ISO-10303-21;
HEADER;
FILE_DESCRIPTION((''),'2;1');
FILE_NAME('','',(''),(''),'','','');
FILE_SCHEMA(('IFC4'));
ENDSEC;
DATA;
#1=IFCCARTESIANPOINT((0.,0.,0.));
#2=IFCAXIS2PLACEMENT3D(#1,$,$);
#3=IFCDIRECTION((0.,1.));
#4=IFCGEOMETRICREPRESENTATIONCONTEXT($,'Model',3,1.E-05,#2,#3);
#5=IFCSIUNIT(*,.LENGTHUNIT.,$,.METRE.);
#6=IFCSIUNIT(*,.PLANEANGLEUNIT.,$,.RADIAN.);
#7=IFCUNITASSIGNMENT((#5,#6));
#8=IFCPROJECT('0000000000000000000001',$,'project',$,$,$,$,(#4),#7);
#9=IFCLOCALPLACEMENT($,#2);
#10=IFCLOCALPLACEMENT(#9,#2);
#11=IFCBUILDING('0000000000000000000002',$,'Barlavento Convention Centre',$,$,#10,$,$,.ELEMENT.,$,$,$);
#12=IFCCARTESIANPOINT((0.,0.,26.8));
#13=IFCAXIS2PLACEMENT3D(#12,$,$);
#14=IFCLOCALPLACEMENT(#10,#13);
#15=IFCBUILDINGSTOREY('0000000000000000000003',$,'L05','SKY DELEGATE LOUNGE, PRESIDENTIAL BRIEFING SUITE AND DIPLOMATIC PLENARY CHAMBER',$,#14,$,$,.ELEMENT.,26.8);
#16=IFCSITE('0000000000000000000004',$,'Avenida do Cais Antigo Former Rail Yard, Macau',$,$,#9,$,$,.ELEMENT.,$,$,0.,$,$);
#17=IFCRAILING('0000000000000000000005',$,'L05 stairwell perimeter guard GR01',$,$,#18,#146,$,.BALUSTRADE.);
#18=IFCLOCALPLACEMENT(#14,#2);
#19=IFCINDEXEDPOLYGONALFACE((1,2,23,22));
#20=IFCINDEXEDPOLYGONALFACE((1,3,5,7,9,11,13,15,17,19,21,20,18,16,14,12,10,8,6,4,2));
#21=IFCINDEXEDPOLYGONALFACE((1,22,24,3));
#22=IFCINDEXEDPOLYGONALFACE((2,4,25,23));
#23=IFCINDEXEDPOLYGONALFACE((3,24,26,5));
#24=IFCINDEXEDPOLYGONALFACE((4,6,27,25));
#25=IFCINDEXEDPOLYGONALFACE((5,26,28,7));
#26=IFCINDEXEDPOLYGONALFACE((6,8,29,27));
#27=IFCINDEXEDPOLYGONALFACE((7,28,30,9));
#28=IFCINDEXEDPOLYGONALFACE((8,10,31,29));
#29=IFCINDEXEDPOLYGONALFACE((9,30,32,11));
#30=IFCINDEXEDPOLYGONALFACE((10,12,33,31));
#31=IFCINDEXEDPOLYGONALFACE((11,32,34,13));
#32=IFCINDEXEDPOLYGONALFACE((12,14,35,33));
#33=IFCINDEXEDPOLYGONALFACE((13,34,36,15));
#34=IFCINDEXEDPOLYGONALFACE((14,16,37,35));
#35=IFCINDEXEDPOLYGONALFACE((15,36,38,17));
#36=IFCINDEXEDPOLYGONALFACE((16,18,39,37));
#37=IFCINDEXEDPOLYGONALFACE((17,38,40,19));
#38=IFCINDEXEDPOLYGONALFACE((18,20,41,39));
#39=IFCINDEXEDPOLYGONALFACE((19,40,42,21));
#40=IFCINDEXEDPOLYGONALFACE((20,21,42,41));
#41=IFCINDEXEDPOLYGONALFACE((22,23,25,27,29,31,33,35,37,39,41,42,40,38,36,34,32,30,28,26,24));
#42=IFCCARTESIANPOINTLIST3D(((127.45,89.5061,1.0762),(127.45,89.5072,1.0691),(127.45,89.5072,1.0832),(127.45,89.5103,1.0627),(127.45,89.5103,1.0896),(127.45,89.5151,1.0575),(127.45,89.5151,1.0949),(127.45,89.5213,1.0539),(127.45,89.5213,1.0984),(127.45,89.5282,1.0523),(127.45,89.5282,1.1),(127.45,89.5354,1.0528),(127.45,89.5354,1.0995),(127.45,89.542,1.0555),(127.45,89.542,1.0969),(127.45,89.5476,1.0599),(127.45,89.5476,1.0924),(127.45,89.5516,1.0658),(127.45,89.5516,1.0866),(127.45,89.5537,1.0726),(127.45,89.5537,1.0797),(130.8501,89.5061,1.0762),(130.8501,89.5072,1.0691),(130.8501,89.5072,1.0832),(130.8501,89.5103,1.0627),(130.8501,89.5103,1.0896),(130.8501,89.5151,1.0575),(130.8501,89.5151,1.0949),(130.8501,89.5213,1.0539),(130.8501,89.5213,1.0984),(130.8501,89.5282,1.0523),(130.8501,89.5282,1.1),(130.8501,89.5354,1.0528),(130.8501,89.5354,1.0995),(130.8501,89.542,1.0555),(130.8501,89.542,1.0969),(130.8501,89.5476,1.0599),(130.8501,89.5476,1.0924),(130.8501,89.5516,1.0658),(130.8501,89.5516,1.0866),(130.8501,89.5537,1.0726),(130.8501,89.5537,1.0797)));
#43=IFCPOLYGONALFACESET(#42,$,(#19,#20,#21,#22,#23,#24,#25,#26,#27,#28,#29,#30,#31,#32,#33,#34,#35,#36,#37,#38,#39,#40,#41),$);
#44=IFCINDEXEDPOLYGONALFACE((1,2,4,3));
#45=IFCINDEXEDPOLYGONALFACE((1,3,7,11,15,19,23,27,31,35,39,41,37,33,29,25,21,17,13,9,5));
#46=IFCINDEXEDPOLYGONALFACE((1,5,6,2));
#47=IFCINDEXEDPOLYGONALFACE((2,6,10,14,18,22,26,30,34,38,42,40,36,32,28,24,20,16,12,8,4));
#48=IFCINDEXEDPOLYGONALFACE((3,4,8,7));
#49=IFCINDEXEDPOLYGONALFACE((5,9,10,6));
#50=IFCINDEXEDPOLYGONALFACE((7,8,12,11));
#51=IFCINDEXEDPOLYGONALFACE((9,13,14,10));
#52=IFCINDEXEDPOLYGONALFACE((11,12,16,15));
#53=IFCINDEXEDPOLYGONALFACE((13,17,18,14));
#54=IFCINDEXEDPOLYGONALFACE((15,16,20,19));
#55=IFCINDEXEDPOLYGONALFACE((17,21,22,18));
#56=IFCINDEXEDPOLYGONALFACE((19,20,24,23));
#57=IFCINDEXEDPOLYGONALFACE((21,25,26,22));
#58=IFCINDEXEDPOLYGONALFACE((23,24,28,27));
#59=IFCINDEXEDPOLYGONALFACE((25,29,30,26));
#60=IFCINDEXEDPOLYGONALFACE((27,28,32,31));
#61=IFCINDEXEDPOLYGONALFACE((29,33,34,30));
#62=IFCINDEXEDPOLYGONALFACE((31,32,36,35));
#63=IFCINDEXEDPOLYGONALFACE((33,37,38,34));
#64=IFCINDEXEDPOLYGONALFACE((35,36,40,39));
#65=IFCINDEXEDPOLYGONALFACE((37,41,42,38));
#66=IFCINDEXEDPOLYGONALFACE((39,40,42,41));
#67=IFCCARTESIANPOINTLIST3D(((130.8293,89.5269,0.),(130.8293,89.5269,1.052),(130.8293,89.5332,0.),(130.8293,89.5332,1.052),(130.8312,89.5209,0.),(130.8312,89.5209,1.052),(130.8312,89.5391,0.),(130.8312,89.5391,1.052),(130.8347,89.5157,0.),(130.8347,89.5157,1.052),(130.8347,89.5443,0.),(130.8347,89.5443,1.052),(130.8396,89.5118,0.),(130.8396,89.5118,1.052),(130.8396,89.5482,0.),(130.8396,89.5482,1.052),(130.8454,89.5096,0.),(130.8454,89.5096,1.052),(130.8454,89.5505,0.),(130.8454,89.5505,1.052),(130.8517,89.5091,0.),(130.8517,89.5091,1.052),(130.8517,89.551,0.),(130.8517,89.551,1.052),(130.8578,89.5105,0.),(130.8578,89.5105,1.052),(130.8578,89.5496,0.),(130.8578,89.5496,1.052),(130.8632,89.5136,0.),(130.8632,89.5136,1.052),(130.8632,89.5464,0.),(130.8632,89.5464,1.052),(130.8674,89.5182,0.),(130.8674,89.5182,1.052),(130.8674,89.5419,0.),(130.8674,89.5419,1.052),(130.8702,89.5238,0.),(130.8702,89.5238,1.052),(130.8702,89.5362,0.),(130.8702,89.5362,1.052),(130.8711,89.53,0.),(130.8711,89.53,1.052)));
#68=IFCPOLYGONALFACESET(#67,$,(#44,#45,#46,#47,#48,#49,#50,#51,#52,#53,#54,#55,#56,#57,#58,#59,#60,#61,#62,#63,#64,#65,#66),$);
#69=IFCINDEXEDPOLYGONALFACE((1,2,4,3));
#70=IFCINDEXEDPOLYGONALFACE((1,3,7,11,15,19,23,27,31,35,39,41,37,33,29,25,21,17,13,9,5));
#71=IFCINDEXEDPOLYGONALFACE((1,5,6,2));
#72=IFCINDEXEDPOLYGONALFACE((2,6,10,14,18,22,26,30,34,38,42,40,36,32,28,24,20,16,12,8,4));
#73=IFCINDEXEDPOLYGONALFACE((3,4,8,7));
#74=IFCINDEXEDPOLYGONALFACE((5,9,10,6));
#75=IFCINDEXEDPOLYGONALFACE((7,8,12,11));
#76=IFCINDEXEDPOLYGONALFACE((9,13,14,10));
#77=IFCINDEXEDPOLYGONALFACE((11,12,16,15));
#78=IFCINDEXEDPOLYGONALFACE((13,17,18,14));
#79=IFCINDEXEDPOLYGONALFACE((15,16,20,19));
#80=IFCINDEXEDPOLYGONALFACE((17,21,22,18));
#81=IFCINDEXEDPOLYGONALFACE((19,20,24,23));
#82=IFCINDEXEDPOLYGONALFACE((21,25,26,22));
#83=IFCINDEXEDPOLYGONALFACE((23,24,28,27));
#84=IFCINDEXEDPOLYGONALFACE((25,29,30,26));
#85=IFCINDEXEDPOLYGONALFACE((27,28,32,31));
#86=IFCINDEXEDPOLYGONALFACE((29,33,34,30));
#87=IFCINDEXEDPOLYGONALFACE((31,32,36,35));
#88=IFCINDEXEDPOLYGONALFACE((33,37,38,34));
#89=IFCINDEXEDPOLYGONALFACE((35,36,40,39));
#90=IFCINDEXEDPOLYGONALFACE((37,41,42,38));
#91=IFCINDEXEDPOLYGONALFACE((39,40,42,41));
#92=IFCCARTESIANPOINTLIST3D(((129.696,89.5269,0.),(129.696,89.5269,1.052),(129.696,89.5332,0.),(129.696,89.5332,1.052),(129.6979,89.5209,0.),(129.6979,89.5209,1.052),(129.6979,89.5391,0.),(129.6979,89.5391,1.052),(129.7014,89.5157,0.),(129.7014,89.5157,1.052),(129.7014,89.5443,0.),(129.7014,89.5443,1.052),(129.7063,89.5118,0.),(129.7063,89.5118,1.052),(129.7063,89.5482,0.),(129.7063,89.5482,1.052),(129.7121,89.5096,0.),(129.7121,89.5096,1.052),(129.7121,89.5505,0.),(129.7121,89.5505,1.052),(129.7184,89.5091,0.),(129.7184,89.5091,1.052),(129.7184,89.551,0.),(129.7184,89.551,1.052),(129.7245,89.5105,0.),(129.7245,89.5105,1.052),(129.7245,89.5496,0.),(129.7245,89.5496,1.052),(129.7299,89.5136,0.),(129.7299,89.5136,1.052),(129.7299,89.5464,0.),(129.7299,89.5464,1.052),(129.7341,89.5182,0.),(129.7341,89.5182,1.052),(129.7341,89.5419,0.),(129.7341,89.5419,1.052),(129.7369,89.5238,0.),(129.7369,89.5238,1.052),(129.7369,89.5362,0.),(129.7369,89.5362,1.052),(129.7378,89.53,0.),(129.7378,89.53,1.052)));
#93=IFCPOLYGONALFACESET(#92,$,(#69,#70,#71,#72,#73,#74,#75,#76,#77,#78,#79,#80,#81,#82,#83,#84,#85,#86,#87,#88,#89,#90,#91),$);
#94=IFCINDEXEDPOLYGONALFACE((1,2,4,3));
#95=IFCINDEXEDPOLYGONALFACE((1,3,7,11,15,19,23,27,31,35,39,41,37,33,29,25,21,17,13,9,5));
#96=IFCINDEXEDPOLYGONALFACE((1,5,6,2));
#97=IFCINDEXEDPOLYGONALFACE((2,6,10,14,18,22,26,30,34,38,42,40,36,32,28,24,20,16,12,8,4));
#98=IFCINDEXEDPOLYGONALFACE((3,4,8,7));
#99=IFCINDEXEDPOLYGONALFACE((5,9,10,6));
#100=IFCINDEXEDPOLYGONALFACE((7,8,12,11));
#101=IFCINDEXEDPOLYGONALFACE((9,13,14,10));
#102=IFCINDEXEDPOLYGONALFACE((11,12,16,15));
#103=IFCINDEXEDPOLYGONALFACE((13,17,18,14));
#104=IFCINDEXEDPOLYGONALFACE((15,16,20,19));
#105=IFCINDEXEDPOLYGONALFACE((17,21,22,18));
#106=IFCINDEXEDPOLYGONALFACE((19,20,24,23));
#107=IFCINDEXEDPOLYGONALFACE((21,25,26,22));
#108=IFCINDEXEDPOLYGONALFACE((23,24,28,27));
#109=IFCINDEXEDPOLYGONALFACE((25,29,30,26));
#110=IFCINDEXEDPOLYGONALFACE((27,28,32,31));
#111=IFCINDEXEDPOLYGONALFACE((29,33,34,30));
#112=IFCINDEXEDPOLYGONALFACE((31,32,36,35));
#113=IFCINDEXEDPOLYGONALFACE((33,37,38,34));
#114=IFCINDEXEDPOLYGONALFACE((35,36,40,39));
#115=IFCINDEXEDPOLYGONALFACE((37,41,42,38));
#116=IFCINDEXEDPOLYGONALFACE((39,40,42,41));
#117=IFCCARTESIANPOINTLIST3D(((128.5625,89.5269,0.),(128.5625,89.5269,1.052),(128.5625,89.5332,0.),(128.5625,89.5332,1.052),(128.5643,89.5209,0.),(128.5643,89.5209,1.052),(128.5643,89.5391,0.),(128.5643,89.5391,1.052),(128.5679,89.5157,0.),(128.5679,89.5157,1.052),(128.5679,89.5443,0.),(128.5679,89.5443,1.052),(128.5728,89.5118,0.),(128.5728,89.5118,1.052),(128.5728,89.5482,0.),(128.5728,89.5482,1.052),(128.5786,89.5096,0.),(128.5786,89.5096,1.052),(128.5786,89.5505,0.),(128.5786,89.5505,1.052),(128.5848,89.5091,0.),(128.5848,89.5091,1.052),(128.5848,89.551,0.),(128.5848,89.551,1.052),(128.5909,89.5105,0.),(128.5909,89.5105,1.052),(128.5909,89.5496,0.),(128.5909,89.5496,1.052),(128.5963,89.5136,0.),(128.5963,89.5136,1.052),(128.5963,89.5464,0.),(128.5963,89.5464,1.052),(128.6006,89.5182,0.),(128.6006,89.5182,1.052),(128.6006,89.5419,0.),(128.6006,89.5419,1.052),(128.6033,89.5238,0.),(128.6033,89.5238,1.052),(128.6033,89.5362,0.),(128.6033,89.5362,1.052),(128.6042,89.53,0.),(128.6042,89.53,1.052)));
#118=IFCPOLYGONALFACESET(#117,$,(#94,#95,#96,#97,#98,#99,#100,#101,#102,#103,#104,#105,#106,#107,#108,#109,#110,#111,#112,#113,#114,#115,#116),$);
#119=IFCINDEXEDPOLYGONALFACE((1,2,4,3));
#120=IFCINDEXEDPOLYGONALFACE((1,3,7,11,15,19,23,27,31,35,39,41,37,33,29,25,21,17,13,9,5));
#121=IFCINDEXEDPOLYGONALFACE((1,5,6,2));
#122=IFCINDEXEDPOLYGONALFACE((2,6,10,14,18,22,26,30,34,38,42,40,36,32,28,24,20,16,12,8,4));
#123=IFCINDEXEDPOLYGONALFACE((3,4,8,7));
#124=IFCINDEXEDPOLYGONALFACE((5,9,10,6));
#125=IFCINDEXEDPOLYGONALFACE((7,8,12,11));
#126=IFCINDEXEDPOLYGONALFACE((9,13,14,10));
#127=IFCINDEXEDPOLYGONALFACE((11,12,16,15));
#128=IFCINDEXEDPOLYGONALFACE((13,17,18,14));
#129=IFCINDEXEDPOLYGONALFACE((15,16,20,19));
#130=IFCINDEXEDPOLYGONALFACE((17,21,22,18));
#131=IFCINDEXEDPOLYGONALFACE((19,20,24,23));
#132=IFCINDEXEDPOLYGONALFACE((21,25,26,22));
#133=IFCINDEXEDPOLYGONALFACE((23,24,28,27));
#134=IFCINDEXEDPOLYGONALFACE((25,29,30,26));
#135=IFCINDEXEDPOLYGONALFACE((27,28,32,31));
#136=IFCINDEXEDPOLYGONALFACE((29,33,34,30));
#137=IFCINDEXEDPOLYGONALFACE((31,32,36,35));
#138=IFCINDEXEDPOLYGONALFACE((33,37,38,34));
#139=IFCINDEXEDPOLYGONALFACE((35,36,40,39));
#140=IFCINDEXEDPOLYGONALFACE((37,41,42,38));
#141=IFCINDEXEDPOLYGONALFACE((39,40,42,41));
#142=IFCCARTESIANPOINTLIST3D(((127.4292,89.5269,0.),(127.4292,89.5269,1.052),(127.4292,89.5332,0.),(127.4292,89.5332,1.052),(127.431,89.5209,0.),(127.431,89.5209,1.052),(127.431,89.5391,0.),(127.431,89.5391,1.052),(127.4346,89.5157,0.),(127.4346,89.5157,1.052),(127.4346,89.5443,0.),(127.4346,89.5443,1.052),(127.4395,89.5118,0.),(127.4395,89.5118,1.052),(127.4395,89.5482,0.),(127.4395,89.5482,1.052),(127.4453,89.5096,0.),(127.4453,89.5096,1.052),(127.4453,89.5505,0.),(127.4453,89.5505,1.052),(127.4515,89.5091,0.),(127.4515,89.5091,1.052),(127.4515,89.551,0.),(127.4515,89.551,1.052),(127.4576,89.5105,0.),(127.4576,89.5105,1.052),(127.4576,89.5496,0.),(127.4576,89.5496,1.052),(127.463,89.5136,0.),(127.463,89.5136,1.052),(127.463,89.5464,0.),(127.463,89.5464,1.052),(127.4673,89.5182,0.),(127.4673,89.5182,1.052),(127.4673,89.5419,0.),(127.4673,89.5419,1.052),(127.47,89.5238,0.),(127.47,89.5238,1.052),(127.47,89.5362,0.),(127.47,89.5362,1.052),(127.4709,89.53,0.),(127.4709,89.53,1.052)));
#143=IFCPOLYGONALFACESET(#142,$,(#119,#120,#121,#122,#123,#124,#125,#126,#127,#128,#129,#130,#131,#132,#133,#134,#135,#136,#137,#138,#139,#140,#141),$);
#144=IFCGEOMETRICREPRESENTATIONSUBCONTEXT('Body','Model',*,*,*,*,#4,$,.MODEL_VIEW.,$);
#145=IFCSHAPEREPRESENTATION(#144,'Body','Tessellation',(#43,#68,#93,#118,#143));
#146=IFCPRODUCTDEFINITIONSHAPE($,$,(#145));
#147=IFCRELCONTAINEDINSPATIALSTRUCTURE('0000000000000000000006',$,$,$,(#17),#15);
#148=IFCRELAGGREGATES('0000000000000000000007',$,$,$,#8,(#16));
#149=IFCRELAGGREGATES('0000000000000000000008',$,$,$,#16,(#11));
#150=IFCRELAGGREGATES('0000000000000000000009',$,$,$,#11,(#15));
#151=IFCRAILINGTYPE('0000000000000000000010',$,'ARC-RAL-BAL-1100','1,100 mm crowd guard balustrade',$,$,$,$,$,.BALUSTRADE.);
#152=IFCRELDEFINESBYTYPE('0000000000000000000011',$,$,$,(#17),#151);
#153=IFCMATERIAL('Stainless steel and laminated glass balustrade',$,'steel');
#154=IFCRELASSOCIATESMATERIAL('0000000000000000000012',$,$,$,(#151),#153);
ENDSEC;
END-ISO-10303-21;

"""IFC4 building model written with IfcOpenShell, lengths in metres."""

from ifc_helpers import new_model, si_unit, direction, frame, origin, origin_2d, place, context, subcontext, project, spatial, circle, extrude, material, type_object, element, save


model = new_model("IFC4")

# Units and contexts
model_context = context("Model", 3, precision=1e-05, world=origin(), true_north=direction((0.0, 1.0)))
body_context = subcontext(model_context, "Body", "Model", "MODEL_VIEW")
ifc_project = project(units=[si_unit("LENGTHUNIT", "METRE"), si_unit("PLANEANGLEUNIT", "RADIAN")], contexts=[model_context])

# Site, building, storey
site_placement = place(None, origin())
site = spatial("IfcSite", under=ifc_project, at=site_placement, Name="Avenida do Cais Antigo Former Rail Yard, Macau", CompositionType="ELEMENT", RefElevation=0.0)
building_placement = place(site_placement, origin())
building = spatial("IfcBuilding", under=site, at=building_placement, Name="Barlavento Convention Centre", CompositionType="ELEMENT")
storey_placement = place(building_placement, frame((0.0, 0.0, 26.8)))
storey = spatial("IfcBuildingStorey", under=building, at=storey_placement, Name="L05", Description="SKY DELEGATE LOUNGE, PRESIDENTIAL BRIEFING SUITE AND DIPLOMATIC PLENARY CHAMBER", CompositionType="ELEMENT", Elevation=26.8)

# Railing
ifc_material_1 = material(Name="Stainless steel and laminated glass balustrade", Category="steel")
railing_type = type_object("IfcRailingType", Name="ARC-RAL-BAL-1100", Description="1,100 mm crowd guard balustrade", PredefinedType="BALUSTRADE", material=ifc_material_1)
railing_placement = place(storey_placement, frame((130.8501, 89.53, 0.0)))
element("IfcRailing", 1, at=railing_placement, inside=storey, type_object=railing_type, Name="L05 stairwell perimeter guard GR01", PredefinedType="BALUSTRADE", context=body_context, shape_type="SweptSolid", body=[
    extrude(circle(Radius=0.0239, at=origin_2d()), frame((0.0, 0.0, 1.0762), z_axis=(-1.0, 0.0, 0.0), x_axis=(0.0, -1.0, 0.0)), (0.0, 0.0, 1.0), 3.4001),
    extrude(circle(Radius=0.021, at=origin_2d()), origin(), (0.0, 0.0, 1.0), 1.052),
    extrude(circle(Radius=0.021, at=origin_2d()), frame((-1.1333, 0.0, 0.0)), (0.0, 0.0, 1.0), 1.052),
    extrude(circle(Radius=0.021, at=origin_2d()), frame((-2.2668, 0.0, 0.0)), (0.0, 0.0, 1.0), 1.052),
    extrude(circle(Radius=0.021, at=origin_2d()), frame((-3.4001, 0.0, 0.0)), (0.0, 0.0, 1.0), 1.052),
])

save(model, "model.ifc")
